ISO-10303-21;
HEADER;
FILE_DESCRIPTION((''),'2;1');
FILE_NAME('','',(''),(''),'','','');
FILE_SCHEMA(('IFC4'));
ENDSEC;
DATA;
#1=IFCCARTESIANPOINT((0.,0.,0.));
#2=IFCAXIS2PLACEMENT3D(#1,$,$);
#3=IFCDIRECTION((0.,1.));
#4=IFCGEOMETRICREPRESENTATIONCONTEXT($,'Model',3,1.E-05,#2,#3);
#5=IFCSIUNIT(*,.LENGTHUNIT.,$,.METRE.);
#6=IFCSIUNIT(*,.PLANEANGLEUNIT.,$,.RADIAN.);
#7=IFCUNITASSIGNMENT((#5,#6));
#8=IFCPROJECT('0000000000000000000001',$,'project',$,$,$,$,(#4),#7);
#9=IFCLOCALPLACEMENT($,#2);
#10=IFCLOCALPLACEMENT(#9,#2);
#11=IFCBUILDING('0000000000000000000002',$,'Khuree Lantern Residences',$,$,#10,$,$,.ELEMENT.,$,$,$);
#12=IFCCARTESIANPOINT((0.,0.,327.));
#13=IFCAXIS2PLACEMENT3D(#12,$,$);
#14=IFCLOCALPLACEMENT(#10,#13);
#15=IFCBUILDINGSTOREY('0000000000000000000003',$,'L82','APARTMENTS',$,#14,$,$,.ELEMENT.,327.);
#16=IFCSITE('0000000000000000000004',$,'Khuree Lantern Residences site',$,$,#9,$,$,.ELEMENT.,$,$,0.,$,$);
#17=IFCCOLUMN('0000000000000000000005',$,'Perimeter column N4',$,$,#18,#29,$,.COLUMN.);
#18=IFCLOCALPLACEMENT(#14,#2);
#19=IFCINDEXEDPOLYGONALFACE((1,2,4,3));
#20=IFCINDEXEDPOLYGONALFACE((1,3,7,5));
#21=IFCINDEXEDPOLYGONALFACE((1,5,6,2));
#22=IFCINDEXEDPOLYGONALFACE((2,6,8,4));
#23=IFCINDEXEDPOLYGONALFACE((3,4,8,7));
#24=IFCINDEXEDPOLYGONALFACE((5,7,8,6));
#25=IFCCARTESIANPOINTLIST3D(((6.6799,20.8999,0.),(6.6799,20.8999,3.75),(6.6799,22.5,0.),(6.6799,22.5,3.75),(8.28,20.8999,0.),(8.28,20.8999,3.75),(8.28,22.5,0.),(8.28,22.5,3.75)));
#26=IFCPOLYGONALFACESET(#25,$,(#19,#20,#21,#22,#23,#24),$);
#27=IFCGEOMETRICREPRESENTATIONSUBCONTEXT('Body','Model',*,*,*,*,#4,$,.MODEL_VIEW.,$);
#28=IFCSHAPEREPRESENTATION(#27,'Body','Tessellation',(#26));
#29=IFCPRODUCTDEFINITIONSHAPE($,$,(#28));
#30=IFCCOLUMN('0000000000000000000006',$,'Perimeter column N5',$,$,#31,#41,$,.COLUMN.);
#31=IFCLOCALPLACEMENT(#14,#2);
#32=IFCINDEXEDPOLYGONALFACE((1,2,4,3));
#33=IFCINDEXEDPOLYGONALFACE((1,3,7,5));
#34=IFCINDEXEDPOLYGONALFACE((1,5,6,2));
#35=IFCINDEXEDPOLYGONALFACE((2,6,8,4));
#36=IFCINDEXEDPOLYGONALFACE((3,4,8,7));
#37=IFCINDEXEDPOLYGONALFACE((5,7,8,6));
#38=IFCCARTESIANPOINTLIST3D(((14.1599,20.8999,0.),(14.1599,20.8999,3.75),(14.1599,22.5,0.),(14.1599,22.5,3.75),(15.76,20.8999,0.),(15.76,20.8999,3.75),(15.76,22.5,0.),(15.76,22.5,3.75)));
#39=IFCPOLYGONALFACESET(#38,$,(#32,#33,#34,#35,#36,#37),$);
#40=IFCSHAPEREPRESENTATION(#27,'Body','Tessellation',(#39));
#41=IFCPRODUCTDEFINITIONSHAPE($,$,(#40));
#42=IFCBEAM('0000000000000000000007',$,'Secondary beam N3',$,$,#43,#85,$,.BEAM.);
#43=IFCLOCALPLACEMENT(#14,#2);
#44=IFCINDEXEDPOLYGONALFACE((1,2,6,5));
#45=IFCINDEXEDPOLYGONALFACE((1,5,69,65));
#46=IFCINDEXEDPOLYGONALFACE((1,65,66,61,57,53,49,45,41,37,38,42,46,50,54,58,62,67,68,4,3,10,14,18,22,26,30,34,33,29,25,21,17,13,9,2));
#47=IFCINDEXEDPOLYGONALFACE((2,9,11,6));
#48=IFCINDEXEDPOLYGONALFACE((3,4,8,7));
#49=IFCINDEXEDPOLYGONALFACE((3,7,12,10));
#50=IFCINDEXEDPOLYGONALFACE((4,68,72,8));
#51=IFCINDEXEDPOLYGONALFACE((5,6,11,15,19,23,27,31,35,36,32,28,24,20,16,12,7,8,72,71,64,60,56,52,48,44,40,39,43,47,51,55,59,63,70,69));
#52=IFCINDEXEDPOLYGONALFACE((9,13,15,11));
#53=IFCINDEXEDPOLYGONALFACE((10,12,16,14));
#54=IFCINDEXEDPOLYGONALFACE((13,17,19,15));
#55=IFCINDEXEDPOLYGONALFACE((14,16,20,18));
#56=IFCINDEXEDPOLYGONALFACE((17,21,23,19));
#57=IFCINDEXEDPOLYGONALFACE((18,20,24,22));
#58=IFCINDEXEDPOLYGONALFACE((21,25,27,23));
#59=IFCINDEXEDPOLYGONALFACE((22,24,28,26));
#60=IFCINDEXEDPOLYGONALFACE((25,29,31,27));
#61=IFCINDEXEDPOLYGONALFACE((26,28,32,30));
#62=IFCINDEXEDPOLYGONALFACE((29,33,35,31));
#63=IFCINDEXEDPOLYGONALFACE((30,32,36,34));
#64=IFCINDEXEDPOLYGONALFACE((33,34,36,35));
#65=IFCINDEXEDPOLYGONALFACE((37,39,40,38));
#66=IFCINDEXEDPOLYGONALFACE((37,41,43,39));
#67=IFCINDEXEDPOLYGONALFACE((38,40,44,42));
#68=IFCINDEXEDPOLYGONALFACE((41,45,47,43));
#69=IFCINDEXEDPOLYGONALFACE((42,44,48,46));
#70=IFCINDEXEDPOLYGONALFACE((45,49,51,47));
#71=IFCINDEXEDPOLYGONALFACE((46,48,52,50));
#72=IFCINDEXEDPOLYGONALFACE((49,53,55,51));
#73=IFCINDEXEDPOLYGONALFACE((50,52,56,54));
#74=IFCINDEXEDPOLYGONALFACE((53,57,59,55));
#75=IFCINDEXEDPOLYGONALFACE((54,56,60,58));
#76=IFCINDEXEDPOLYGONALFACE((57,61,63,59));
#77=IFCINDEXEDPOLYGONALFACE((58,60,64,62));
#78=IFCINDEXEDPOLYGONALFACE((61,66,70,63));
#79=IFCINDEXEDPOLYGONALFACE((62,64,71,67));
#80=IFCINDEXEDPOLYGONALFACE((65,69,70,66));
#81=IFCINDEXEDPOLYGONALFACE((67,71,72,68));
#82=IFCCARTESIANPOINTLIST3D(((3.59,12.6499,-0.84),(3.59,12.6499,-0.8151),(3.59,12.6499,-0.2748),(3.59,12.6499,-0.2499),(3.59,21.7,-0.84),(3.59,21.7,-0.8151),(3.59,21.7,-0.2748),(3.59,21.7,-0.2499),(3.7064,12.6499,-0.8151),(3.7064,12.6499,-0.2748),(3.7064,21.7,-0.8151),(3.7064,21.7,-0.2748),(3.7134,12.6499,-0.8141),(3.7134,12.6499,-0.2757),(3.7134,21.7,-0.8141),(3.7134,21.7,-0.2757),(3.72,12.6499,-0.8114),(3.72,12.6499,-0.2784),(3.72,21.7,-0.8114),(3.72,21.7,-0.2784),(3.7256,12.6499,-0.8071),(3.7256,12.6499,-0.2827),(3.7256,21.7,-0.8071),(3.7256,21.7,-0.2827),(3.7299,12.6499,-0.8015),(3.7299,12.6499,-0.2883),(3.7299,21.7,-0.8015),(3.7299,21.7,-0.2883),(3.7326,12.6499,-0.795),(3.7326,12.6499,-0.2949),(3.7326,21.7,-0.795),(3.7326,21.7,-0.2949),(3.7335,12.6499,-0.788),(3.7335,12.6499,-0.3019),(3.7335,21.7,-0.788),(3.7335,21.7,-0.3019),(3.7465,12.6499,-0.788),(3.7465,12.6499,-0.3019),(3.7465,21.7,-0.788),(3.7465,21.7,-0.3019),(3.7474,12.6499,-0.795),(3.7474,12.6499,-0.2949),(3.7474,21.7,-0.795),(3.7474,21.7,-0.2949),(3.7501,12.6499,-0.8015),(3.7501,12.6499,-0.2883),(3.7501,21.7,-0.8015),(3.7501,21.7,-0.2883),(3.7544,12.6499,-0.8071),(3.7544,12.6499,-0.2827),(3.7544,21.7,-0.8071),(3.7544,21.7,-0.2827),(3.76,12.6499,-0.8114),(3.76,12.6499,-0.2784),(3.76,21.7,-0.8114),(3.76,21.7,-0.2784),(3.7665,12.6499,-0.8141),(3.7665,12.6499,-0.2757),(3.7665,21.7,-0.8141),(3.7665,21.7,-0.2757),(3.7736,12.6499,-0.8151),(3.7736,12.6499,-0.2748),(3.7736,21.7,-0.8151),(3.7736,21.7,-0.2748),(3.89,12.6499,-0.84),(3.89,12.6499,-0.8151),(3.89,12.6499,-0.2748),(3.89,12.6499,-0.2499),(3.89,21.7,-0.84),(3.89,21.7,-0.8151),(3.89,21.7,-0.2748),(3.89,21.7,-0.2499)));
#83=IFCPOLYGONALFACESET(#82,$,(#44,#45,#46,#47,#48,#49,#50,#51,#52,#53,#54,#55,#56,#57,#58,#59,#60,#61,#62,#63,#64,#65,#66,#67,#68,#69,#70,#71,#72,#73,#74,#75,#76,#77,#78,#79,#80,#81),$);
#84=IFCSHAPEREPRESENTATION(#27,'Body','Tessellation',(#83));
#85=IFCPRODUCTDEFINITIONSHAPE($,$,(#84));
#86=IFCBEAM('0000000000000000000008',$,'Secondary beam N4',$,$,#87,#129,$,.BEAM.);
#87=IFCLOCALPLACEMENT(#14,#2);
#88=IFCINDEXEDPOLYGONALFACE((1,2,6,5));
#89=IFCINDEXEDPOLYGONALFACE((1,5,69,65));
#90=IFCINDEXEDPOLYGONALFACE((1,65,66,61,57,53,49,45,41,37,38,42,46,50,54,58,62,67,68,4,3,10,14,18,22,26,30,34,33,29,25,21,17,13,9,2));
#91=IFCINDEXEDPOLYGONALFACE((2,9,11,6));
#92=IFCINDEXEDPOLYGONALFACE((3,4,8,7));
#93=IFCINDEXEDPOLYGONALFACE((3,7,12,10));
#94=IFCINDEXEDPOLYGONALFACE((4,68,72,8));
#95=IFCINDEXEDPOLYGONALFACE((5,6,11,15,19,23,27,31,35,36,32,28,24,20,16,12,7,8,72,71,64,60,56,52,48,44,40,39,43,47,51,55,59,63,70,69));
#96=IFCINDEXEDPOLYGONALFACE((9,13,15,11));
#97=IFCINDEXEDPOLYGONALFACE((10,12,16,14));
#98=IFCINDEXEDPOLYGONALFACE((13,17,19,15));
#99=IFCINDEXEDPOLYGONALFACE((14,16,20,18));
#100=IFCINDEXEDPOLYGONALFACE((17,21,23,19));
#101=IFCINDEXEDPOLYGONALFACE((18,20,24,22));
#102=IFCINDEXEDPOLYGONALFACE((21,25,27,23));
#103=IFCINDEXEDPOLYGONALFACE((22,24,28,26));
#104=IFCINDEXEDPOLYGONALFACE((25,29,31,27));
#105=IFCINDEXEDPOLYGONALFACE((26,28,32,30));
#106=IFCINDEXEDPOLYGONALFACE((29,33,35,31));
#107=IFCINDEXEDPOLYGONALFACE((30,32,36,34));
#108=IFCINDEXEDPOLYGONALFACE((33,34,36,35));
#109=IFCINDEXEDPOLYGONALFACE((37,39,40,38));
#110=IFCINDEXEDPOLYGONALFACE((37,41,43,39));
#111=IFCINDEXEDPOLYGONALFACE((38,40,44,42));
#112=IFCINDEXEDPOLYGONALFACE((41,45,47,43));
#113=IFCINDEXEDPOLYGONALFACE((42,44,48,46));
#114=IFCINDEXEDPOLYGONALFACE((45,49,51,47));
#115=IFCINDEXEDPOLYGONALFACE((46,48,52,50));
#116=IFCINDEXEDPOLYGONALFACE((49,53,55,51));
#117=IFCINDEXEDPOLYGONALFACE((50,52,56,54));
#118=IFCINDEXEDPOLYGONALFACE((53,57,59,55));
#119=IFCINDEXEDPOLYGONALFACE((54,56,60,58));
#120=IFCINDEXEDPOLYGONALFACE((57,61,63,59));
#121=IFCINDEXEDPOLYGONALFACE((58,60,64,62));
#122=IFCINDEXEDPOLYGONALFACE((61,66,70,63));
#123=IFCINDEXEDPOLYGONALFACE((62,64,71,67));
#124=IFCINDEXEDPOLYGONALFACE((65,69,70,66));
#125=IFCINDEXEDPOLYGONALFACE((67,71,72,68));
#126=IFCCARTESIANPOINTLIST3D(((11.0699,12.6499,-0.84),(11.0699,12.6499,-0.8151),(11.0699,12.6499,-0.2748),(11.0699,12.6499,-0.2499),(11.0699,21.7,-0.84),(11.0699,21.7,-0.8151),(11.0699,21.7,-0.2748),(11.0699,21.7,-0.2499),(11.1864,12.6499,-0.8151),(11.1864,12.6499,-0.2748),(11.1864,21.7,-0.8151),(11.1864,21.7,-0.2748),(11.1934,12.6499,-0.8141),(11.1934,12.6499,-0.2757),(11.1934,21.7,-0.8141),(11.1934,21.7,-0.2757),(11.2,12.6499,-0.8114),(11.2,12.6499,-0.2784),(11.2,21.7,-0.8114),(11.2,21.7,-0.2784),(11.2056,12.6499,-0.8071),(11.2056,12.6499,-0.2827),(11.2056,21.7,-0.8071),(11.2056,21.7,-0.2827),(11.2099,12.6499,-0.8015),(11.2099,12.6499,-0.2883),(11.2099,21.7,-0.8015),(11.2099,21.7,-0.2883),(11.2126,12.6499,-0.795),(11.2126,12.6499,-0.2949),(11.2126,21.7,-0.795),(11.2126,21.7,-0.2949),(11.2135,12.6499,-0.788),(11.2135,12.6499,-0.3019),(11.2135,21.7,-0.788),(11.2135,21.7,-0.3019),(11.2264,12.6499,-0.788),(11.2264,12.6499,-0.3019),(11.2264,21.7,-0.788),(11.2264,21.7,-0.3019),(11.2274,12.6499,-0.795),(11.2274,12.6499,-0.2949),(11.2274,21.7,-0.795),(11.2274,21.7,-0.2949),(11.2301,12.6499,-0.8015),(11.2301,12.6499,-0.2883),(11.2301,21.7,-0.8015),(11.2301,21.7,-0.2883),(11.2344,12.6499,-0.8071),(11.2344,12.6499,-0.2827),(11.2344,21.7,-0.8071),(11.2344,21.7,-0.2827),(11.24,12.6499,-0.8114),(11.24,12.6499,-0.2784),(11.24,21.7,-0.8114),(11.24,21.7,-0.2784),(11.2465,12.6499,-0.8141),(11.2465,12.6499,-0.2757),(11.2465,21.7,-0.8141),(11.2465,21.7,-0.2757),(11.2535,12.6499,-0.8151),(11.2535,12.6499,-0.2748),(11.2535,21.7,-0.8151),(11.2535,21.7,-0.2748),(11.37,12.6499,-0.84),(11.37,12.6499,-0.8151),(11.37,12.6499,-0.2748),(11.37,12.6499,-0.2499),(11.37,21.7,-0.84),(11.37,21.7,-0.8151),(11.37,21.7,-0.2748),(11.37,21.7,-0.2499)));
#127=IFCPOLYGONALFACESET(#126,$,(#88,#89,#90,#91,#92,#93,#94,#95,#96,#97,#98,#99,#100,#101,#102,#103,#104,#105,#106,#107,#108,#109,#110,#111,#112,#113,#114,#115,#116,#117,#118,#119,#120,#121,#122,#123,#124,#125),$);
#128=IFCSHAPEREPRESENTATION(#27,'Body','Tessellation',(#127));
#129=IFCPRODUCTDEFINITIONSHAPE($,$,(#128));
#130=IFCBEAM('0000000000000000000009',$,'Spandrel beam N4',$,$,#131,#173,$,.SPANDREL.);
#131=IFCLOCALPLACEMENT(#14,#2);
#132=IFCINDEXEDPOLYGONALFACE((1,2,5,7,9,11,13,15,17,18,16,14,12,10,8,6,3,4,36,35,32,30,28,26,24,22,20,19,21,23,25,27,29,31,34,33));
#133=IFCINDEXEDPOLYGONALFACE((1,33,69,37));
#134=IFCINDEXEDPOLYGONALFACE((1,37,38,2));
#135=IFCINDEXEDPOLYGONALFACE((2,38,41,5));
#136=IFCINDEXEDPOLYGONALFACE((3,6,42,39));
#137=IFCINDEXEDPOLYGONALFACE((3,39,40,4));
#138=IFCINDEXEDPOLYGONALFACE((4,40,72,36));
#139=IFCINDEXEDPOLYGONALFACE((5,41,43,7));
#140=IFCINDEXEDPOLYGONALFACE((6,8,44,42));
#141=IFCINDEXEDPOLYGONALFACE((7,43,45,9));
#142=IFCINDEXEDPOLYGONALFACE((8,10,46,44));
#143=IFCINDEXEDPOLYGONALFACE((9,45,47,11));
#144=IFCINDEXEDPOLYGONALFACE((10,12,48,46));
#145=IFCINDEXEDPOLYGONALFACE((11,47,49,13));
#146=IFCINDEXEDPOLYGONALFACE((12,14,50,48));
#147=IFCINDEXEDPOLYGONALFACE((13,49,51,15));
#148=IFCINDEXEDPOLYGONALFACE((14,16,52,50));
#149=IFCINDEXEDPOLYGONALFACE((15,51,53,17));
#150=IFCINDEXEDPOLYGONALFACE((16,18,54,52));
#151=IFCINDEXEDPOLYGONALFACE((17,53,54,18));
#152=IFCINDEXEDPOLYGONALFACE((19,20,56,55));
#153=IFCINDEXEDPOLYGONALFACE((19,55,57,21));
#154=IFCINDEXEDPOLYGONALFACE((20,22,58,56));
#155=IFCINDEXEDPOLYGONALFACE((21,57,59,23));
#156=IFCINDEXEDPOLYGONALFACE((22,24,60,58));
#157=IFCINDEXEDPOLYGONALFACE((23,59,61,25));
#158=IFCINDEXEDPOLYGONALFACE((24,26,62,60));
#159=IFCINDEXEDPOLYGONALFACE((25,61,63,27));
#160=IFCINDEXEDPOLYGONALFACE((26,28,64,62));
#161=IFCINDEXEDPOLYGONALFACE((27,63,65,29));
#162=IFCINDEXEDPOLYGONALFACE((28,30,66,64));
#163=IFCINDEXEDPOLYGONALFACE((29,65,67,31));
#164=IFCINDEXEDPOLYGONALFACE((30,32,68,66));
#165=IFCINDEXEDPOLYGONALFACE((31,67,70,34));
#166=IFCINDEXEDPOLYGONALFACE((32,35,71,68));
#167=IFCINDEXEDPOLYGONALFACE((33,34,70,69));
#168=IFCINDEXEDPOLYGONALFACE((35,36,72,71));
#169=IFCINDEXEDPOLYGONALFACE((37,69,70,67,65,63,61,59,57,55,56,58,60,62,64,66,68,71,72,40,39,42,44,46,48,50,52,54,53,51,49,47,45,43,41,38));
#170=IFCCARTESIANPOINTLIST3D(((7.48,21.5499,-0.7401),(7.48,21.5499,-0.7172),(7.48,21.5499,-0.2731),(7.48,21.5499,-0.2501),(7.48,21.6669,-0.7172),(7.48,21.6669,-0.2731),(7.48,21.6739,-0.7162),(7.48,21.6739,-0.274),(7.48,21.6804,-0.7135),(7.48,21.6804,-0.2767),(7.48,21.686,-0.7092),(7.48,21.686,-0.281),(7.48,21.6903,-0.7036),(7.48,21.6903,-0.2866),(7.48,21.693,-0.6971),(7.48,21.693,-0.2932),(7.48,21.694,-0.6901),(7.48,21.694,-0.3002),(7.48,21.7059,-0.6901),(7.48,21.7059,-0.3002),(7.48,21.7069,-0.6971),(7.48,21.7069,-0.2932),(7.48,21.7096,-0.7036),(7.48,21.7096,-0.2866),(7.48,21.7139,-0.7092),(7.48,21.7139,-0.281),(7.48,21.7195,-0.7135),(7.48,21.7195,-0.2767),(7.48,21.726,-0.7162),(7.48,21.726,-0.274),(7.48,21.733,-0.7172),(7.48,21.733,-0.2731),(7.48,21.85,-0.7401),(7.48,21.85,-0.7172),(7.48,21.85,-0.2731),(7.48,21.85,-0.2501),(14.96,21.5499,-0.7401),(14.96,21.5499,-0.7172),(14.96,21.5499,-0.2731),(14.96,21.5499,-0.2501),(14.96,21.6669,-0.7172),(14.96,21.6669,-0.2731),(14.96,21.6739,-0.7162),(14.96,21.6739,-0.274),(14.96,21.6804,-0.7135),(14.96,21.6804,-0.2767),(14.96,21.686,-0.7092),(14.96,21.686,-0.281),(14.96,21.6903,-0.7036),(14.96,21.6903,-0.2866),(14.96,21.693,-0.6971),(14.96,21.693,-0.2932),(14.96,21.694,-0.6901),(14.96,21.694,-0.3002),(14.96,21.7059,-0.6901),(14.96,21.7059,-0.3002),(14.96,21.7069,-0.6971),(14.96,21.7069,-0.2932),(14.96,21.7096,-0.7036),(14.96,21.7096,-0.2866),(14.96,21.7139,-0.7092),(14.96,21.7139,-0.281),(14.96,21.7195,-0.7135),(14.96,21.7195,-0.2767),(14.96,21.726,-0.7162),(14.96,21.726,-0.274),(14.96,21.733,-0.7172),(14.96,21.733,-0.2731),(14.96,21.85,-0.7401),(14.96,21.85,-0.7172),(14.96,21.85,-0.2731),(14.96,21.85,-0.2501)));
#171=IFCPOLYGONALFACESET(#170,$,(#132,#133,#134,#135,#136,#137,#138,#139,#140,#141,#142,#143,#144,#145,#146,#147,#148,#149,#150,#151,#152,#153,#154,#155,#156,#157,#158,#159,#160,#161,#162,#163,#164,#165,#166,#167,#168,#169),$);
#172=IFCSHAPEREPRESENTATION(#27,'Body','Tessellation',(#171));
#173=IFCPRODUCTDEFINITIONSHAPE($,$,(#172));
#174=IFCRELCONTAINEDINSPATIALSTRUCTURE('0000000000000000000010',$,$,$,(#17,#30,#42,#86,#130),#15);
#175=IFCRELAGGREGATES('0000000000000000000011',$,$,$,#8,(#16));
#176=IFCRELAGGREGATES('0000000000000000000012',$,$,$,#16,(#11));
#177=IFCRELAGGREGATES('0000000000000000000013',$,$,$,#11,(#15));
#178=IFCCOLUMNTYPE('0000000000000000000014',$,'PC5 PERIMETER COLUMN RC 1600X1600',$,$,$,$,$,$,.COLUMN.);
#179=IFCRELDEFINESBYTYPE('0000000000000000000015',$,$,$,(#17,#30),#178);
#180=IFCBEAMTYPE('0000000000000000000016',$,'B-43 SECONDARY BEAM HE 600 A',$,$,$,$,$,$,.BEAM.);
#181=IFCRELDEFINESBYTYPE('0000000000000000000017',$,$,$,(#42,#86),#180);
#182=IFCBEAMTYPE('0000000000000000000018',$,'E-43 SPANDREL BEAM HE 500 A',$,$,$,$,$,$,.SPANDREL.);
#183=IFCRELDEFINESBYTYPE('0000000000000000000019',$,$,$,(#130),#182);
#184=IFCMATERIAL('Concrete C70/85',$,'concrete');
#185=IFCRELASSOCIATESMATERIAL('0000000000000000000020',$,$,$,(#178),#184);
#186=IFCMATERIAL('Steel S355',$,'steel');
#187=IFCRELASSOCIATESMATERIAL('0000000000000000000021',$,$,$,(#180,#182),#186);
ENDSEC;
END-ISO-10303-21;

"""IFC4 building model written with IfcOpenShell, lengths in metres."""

from ifc_helpers import new_model, si_unit, direction, frame, origin, origin_2d, place, context, subcontext, project, spatial, rectangle, i_section, extrude, material, material_profile, profile_set, type_object, element, save


model = new_model("IFC4")

# Units and contexts
model_context = context("Model", 3, precision=1e-05, world=origin(), true_north=direction((0.0, 1.0)))
body_context = subcontext(model_context, "Body", "Model", "MODEL_VIEW")
ifc_project = project(units=[si_unit("LENGTHUNIT", "METRE"), si_unit("PLANEANGLEUNIT", "RADIAN")], contexts=[model_context])

# Site, building, storey
site_placement = place(None, origin())
site = spatial("IfcSite", under=ifc_project, at=site_placement, Name="Khuree Lantern Residences site", CompositionType="ELEMENT", RefElevation=0.0)
building_placement = place(site_placement, origin())
building = spatial("IfcBuilding", under=site, at=building_placement, Name="Khuree Lantern Residences", CompositionType="ELEMENT")
storey_placement = place(building_placement, frame((0.0, 0.0, 327.0)))
storey = spatial("IfcBuildingStorey", under=building, at=storey_placement, Name="L82", Description="APARTMENTS", CompositionType="ELEMENT", Elevation=327.0)

# Columns
ifc_material_1 = material(Name="Concrete C70/85", Category="concrete")
ifc_material_profile_1 = material_profile(ifc_material_1, rectangle(XDim=1.6001, YDim=1.6001, at=origin_2d()), Name="RC 1600X1600")
ifc_profile_set_1 = profile_set([ifc_material_profile_1], Name="Concrete C70/85")
column_type = type_object("IfcColumnType", Name="PC5 PERIMETER COLUMN RC 1600X1600", PredefinedType="COLUMN", material=ifc_profile_set_1)
for number, where, z_axis, x_axis, name in (
    (1, (7.48, 21.7, 0.0), (0.0, 0.0, 1.0), (1.0, 0.0, 0.0), "Perimeter column N4"),
    (2, (14.96, 21.7, 0.0), (0.0, 0.0, 1.0), (1.0, 0.0, 0.0), "Perimeter column N5"),
):
    element("IfcColumn", number, at=place(storey_placement, frame(where, z_axis=z_axis, x_axis=x_axis)), inside=storey, type_object=column_type, Name=name, PredefinedType="COLUMN", context=body_context, shape_type="SweptSolid", body=[
        extrude(rectangle(XDim=1.6001, YDim=1.6001, at=origin_2d()), origin(), (0.0, 0.0, 1.0), 3.75),
    ])

# Beams
ifc_material_2 = material(Name="Steel S355", Category="steel")
ifc_material_profile_2 = material_profile(ifc_material_2, i_section(OverallWidth=0.3, OverallDepth=0.5901, WebThickness=0.0129, FlangeThickness=0.0249, FilletRadius=0.0271, at=origin_2d()), Name="HE 600 A")
ifc_profile_set_2 = profile_set([ifc_material_profile_2], Name="Steel S355")
beam_type_1 = type_object("IfcBeamType", Name="B-43 SECONDARY BEAM HE 600 A", PredefinedType="BEAM", material=ifc_profile_set_2)
for number, where, z_axis, x_axis, name in (
    (3, (3.74, 21.7, -0.5449), (0.0, -1.0, 0.0), (1.0, 0.0, 0.0), "Secondary beam N3"),
    (4, (11.22, 21.7, -0.5449), (0.0, -1.0, 0.0), (1.0, 0.0, 0.0), "Secondary beam N4"),
):
    element("IfcBeam", number, at=place(storey_placement, frame(where, z_axis=z_axis, x_axis=x_axis)), inside=storey, type_object=beam_type_1, Name=name, PredefinedType="BEAM", context=body_context, shape_type="SweptSolid", body=[
        extrude(i_section(OverallWidth=0.3, OverallDepth=0.5901, WebThickness=0.0129, FlangeThickness=0.0249, FilletRadius=0.0271, at=origin_2d()), origin(), (0.0, 0.0, 1.0), 9.05),
    ])
ifc_material_profile_3 = material_profile(ifc_material_2, i_section(OverallWidth=0.3, OverallDepth=0.49, WebThickness=0.012, FlangeThickness=0.0229, FilletRadius=0.0271, at=origin_2d()), Name="HE 500 A")
ifc_profile_set_3 = profile_set([ifc_material_profile_3], Name="Steel S355")
beam_type_2 = type_object("IfcBeamType", Name="E-43 SPANDREL BEAM HE 500 A", PredefinedType="SPANDREL", material=ifc_profile_set_3)
beam_1_placement = place(storey_placement, frame((7.48, 21.7, -0.4951), z_axis=(1.0, 0.0, 0.0), x_axis=(0.0, 1.0, 0.0)))
element("IfcBeam", 5, at=beam_1_placement, inside=storey, type_object=beam_type_2, Name="Spandrel beam N4", PredefinedType="SPANDREL", context=body_context, shape_type="SweptSolid", body=[
    extrude(i_section(OverallWidth=0.3, OverallDepth=0.49, WebThickness=0.012, FlangeThickness=0.0229, FilletRadius=0.0271, at=origin_2d()), origin(), (0.0, 0.0, 1.0), 7.48),
])

save(model, "model.ifc")
